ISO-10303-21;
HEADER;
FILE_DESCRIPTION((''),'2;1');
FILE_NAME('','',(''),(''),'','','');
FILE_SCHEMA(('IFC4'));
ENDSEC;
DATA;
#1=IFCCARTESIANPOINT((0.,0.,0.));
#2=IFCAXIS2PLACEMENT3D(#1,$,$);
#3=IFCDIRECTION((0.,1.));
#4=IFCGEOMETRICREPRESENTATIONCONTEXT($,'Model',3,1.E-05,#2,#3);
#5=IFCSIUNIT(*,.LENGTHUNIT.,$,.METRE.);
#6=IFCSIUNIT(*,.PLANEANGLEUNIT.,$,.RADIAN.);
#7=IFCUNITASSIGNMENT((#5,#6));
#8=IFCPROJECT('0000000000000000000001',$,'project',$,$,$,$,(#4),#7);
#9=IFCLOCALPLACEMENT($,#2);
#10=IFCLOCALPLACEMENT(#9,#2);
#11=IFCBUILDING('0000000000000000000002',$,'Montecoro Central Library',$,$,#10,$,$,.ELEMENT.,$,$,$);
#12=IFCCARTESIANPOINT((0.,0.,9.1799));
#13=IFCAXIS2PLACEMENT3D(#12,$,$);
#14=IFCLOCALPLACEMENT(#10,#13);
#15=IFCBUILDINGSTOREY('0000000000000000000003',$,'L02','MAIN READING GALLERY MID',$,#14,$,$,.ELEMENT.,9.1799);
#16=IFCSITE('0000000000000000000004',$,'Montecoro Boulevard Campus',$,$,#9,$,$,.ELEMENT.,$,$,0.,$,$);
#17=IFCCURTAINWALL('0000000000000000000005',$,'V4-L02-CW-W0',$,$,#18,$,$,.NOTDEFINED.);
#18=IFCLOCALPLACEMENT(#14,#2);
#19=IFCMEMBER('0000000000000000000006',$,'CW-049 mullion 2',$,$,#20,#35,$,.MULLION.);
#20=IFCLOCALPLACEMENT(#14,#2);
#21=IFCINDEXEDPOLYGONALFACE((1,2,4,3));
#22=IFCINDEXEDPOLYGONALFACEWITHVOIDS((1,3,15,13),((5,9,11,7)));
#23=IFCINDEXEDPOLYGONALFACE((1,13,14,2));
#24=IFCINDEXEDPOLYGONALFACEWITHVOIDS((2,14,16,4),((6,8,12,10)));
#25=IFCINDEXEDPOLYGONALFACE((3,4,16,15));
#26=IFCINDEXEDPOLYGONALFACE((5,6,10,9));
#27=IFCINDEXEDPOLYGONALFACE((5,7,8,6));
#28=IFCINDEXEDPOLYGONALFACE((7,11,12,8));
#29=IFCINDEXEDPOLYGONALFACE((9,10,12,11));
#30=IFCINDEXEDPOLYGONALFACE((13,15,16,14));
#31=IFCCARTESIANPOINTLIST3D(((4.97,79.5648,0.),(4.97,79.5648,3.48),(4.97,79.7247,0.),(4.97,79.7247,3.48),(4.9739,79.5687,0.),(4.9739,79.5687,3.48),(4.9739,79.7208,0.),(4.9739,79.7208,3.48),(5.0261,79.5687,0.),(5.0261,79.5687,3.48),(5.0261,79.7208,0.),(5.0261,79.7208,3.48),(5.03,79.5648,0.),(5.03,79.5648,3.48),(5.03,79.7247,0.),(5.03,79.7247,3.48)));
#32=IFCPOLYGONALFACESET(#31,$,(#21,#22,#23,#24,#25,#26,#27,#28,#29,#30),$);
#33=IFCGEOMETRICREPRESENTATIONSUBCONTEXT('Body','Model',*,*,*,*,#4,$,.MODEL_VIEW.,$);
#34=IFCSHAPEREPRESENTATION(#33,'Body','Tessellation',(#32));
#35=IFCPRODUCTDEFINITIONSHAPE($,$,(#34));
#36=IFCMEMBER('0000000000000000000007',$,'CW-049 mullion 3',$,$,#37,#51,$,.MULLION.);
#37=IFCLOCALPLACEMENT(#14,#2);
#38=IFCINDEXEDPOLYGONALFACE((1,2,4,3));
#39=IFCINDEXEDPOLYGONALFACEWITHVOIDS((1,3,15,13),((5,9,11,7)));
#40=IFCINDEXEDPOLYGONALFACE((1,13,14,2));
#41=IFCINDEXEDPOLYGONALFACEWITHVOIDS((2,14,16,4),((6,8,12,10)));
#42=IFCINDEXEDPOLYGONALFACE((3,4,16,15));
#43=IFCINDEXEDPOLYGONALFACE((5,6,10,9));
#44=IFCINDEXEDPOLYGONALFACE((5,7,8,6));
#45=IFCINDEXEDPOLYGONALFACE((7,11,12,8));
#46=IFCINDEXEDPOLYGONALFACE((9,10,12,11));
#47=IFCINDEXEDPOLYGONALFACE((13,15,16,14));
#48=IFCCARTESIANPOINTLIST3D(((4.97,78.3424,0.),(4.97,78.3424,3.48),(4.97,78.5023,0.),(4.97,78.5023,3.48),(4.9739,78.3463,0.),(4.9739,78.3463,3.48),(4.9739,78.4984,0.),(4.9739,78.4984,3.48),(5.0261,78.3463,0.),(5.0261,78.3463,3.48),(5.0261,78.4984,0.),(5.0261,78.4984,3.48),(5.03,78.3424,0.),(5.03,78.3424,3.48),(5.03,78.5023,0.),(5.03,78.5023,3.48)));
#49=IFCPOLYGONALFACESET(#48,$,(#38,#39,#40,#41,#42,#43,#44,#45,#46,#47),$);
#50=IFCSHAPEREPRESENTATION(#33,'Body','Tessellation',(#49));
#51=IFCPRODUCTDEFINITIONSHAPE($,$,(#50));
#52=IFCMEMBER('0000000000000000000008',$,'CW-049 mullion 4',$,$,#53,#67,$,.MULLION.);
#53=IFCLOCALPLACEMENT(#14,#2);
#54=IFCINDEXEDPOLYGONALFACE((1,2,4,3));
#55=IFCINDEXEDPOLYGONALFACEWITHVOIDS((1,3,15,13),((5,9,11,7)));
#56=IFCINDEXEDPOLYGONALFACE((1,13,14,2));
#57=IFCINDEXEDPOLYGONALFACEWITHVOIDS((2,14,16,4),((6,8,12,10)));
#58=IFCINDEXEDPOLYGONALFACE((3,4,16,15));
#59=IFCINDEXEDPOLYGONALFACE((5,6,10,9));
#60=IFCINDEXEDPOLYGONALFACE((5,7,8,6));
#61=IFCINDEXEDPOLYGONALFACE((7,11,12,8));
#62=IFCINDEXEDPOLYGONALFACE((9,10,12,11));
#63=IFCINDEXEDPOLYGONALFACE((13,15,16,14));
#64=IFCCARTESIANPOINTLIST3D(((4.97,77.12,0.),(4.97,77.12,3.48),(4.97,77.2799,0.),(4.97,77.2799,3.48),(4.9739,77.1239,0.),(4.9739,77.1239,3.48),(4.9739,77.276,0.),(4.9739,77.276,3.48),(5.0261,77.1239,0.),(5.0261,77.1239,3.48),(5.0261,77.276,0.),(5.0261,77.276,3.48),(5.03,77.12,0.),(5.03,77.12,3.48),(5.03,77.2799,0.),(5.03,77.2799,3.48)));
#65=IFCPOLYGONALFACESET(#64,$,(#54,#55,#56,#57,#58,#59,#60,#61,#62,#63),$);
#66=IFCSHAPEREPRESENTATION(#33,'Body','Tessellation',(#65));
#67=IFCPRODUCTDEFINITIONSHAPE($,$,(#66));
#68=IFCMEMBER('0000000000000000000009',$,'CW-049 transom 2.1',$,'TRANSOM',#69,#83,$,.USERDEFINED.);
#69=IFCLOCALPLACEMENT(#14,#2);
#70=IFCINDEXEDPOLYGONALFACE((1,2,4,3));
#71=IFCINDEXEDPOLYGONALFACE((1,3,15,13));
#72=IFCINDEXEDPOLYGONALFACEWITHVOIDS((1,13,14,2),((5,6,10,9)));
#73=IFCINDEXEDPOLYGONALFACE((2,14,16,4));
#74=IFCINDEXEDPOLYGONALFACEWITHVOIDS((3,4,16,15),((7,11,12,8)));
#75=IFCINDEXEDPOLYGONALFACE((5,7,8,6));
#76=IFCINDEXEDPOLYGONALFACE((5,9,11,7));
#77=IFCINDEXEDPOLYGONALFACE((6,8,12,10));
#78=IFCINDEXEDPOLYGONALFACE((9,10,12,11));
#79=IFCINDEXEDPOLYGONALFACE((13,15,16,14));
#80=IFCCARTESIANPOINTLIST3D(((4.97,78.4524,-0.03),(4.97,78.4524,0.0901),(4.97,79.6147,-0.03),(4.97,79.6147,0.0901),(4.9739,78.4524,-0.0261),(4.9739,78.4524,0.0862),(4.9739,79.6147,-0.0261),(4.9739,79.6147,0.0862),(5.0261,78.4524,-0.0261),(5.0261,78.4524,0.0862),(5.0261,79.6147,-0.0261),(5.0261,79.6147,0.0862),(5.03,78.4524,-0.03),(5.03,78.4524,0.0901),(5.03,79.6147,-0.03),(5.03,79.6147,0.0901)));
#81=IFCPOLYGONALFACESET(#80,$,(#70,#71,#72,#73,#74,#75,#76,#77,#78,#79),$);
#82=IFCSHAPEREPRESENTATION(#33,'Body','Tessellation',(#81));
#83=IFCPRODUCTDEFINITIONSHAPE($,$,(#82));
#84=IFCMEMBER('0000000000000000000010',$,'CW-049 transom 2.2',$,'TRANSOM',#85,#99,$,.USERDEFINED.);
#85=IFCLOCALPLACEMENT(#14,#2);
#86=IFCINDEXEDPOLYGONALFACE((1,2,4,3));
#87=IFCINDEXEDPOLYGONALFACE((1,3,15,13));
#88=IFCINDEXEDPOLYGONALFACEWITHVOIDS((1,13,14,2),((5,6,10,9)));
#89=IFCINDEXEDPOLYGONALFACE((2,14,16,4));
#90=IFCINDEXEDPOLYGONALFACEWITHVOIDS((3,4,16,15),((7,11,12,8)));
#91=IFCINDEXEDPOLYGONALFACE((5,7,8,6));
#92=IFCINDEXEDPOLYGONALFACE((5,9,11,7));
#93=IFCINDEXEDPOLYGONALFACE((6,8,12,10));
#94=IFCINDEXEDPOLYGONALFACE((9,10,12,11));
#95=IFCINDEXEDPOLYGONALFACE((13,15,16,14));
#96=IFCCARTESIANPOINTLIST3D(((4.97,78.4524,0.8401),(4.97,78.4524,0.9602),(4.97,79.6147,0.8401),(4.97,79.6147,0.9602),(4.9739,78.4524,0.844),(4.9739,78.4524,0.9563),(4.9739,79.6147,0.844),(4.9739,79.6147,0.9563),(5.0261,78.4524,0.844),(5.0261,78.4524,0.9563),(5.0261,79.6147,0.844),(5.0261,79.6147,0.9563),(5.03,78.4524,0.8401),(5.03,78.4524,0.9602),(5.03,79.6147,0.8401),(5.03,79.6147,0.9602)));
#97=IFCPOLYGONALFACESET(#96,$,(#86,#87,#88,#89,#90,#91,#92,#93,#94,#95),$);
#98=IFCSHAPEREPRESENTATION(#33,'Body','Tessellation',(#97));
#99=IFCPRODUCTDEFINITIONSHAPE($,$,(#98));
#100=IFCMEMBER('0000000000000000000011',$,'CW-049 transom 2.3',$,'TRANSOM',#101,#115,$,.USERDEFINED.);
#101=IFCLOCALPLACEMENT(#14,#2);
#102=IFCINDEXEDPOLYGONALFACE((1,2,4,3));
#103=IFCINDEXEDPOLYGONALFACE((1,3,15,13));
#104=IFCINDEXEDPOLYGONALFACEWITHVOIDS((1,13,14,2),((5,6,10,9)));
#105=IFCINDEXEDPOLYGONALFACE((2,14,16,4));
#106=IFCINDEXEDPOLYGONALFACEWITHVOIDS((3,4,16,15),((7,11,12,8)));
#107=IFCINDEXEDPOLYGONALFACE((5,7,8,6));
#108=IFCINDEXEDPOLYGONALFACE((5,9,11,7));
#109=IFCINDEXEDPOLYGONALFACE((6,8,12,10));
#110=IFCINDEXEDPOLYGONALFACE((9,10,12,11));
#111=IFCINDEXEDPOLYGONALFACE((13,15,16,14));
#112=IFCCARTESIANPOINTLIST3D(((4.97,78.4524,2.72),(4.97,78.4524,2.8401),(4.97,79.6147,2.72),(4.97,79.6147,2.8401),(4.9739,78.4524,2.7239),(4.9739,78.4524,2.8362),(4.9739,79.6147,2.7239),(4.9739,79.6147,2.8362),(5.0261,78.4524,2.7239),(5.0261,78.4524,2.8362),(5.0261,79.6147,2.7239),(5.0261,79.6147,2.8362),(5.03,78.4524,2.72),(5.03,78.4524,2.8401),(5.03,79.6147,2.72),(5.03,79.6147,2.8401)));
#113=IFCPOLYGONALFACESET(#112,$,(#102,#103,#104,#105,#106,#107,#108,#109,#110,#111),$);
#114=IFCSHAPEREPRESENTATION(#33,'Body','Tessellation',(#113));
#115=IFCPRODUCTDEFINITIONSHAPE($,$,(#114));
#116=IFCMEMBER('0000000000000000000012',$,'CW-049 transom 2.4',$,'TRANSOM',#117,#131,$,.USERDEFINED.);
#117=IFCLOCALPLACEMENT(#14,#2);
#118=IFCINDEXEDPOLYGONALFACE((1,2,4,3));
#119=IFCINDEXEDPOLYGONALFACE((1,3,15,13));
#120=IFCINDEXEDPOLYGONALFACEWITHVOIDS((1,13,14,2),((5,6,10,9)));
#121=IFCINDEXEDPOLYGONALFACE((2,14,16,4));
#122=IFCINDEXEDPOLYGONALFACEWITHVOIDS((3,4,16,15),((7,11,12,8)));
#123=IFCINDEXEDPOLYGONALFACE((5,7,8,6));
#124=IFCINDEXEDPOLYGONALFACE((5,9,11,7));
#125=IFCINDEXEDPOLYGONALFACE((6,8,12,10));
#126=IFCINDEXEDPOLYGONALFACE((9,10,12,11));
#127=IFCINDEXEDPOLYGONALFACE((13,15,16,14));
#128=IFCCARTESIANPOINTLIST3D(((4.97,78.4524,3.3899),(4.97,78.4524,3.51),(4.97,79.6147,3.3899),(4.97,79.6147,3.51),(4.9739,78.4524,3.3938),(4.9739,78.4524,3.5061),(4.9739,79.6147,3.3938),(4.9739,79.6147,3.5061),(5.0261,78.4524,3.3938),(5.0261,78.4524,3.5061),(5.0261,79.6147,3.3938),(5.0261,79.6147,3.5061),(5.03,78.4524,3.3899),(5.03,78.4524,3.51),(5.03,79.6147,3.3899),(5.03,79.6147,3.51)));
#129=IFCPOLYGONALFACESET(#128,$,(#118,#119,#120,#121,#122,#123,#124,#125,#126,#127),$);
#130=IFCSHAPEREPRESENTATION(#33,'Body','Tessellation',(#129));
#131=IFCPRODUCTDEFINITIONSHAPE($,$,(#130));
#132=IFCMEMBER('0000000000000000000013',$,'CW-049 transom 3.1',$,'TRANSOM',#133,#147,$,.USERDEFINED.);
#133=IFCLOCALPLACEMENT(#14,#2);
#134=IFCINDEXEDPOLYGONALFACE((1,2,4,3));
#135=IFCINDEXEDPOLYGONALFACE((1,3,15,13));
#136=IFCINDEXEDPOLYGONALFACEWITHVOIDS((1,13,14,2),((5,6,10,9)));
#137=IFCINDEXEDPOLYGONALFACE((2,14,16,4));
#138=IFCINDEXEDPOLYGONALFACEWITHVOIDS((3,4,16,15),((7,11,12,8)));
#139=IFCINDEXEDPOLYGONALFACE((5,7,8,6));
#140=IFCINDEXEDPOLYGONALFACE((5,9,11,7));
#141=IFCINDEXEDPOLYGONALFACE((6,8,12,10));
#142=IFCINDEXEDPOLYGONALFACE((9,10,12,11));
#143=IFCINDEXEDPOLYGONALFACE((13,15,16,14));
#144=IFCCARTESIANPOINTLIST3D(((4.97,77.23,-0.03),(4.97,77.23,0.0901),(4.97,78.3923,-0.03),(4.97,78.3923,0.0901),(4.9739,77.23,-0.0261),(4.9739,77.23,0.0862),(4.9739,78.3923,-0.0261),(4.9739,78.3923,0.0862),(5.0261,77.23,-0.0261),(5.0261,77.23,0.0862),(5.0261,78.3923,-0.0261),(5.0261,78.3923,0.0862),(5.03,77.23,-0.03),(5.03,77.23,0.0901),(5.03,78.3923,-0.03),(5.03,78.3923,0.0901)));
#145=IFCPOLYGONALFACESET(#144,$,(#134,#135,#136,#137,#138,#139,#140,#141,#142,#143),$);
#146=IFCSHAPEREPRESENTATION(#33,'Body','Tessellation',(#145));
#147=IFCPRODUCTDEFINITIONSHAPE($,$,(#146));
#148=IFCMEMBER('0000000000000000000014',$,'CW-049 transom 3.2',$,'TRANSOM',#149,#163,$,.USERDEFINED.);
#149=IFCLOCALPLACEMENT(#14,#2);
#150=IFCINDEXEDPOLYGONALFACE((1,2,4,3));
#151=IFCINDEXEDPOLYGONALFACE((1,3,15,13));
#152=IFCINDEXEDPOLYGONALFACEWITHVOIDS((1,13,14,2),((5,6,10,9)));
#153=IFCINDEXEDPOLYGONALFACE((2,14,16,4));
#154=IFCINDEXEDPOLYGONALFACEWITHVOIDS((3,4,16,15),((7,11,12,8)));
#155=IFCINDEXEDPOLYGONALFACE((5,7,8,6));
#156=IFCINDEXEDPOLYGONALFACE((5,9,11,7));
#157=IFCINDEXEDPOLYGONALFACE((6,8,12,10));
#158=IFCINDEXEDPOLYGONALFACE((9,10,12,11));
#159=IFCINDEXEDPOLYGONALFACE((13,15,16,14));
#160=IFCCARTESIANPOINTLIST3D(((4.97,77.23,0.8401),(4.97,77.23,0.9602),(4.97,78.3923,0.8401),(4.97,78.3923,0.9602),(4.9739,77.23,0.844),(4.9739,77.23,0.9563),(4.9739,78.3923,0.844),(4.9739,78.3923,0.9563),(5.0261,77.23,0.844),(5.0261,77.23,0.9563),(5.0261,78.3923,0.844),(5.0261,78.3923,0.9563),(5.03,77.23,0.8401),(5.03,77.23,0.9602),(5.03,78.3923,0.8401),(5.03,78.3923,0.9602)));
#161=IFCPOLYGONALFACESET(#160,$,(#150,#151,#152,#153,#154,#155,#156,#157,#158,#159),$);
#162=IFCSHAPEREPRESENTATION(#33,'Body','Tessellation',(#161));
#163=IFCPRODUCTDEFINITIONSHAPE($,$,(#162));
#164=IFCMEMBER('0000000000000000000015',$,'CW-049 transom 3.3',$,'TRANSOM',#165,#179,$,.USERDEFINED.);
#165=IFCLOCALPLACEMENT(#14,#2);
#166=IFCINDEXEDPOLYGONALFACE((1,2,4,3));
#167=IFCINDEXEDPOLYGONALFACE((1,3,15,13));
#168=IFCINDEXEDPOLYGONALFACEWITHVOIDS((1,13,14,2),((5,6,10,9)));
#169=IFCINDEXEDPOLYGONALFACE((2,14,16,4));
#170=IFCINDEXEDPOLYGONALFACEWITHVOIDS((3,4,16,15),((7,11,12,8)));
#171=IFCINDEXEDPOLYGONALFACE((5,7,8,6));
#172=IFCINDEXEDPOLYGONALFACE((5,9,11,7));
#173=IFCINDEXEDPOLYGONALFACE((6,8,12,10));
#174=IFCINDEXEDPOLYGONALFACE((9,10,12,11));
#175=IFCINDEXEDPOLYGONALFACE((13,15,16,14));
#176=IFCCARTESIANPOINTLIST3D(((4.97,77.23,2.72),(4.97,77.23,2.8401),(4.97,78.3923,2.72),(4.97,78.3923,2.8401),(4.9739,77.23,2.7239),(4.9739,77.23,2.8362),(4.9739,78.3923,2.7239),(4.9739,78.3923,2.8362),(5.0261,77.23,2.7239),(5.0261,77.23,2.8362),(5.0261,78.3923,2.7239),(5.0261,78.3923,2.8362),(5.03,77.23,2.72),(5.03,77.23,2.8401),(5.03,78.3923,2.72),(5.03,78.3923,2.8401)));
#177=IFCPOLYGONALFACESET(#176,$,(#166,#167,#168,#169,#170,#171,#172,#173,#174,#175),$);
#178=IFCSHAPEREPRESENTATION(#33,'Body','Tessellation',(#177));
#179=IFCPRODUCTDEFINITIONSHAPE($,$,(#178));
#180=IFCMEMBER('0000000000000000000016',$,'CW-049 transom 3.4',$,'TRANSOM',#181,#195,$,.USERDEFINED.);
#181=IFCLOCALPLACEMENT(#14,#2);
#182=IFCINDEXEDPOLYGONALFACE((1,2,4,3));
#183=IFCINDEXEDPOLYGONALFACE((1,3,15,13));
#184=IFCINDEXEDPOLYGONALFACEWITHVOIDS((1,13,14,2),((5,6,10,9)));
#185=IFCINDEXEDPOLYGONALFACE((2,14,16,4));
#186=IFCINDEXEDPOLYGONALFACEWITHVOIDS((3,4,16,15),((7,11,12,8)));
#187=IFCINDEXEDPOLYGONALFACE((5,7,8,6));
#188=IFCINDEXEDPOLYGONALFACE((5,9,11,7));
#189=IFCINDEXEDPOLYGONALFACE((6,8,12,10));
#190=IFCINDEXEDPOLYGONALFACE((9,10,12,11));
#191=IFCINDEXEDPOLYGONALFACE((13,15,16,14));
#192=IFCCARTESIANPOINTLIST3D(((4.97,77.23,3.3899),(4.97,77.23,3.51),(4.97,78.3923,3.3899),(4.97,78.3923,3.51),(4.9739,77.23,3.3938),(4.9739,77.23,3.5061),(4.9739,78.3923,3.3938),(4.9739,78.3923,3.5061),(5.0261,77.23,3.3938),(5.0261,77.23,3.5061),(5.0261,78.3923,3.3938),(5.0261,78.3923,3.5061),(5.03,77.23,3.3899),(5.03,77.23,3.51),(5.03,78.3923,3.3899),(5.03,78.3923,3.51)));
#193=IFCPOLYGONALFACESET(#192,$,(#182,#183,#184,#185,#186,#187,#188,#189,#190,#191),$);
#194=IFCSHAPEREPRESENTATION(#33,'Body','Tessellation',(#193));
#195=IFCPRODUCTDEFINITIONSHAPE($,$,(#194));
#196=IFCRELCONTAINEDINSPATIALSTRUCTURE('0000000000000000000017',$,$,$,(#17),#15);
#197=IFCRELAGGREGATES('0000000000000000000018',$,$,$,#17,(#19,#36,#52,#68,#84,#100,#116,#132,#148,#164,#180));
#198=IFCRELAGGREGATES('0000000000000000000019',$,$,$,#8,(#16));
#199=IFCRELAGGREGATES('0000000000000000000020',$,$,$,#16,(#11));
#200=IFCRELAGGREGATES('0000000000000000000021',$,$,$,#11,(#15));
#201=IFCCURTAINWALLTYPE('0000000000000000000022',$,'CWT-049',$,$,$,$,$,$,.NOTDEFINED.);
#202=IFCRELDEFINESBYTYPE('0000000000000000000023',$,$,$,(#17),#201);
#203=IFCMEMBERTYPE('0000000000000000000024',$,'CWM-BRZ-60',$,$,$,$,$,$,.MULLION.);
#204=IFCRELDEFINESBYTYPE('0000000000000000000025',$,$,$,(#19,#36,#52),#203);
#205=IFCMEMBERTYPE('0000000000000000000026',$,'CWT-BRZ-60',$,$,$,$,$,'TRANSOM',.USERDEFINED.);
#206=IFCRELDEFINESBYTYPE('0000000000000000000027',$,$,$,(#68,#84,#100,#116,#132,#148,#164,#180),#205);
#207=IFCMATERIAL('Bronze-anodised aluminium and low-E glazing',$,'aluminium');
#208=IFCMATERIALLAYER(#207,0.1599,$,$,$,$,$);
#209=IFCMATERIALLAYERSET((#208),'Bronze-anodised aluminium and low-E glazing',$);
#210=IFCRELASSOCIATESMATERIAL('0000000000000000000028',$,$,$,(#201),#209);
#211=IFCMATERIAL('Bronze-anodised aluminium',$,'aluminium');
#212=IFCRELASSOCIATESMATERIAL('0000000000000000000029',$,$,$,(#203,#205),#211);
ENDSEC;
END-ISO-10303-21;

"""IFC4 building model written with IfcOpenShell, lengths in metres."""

from ifc_helpers import new_model, si_unit, direction, frame, origin, origin_2d, place, context, subcontext, project, spatial, hollow_rectangle, extrude, material, layer, layer_set, material_profile, profile_set, type_object, element, aggregate, save


model = new_model("IFC4")

# Units and contexts
model_context = context("Model", 3, precision=1e-05, world=origin(), true_north=direction((0.0, 1.0)))
body_context = subcontext(model_context, "Body", "Model", "MODEL_VIEW")
ifc_project = project(units=[si_unit("LENGTHUNIT", "METRE"), si_unit("PLANEANGLEUNIT", "RADIAN")], contexts=[model_context])

# Site, building, storey
site_placement = place(None, origin())
site = spatial("IfcSite", under=ifc_project, at=site_placement, Name="Montecoro Boulevard Campus", CompositionType="ELEMENT", RefElevation=0.0)
building_placement = place(site_placement, origin())
building = spatial("IfcBuilding", under=site, at=building_placement, Name="Montecoro Central Library", CompositionType="ELEMENT")
storey_placement = place(building_placement, frame((0.0, 0.0, 9.1799)))
storey = spatial("IfcBuildingStorey", under=building, at=storey_placement, Name="L02", Description="MAIN READING GALLERY MID", CompositionType="ELEMENT", Elevation=9.1799)

# Curtain wall, members
ifc_material_1 = material(Name="Bronze-anodised aluminium and low-E glazing", Category="aluminium")
ifc_layer_1 = layer(ifc_material_1, 0.1599)
ifc_layer_set_1 = layer_set([ifc_layer_1], Name="Bronze-anodised aluminium and low-E glazing")
curtain_wall_type = type_object("IfcCurtainWallType", Name="CWT-049", PredefinedType="NOTDEFINED", material=ifc_layer_set_1)
curtain_wall_placement = place(storey_placement, origin())
curtain_wall = element("IfcCurtainWall", 1, at=curtain_wall_placement, inside=storey, type_object=curtain_wall_type, Name="V4-L02-CW-W0", PredefinedType="NOTDEFINED")
ifc_material_2 = material(Name="Bronze-anodised aluminium", Category="aluminium")
ifc_material_profile_1 = material_profile(ifc_material_2, hollow_rectangle(XDim=0.0601, YDim=0.1599, WallThickness=0.0039, at=origin_2d()), Name="CWM 160x60x4.0")
ifc_profile_set_1 = profile_set([ifc_material_profile_1], Name="Bronze-anodised aluminium")
member_type_1 = type_object("IfcMemberType", Name="CWM-BRZ-60", PredefinedType="MULLION", material=ifc_profile_set_1)
member_1_placement = place(storey_placement, frame((5.0, 79.6448, 0.0), z_axis=(0.0, 0.0, 1.0), x_axis=(1.0, 0.0, 0.0)))
member_1 = element("IfcMember", 2, at=member_1_placement, type_object=member_type_1, Name="CW-049 mullion 2", PredefinedType="MULLION", context=body_context, shape_type="SweptSolid", body=[
    extrude(hollow_rectangle(XDim=0.0601, YDim=0.1599, WallThickness=0.0039, at=origin_2d()), origin(), (0.0, 0.0, 1.0), 3.48),
])
member_2_placement = place(storey_placement, frame((5.0, 78.4224, 0.0), z_axis=(0.0, 0.0, 1.0), x_axis=(1.0, 0.0, 0.0)))
member_2 = element("IfcMember", 3, at=member_2_placement, type_object=member_type_1, Name="CW-049 mullion 3", PredefinedType="MULLION", context=body_context, shape_type="SweptSolid", body=[
    extrude(hollow_rectangle(XDim=0.0601, YDim=0.1599, WallThickness=0.0039, at=origin_2d()), origin(), (0.0, 0.0, 1.0), 3.48),
])
member_3_placement = place(storey_placement, frame((5.0, 77.2, 0.0), z_axis=(0.0, 0.0, 1.0), x_axis=(1.0, 0.0, 0.0)))
member_3 = element("IfcMember", 4, at=member_3_placement, type_object=member_type_1, Name="CW-049 mullion 4", PredefinedType="MULLION", context=body_context, shape_type="SweptSolid", body=[
    extrude(hollow_rectangle(XDim=0.0601, YDim=0.1599, WallThickness=0.0039, at=origin_2d()), origin(), (0.0, 0.0, 1.0), 3.48),
])
ifc_material_profile_2 = material_profile(ifc_material_2, hollow_rectangle(XDim=0.0601, YDim=0.1201, WallThickness=0.0039, at=origin_2d()), Name="CWT 120x60x4.0")
ifc_profile_set_2 = profile_set([ifc_material_profile_2], Name="Bronze-anodised aluminium")
member_type_2 = type_object("IfcMemberType", Name="CWT-BRZ-60", ElementType="TRANSOM", PredefinedType="USERDEFINED", material=ifc_profile_set_2)
member_4_placement = place(storey_placement, frame((5.0, 79.6147, 0.03), z_axis=(0.0, -1.0, 0.0), x_axis=(1.0, 0.0, 0.0)))
member_4 = element("IfcMember", 5, at=member_4_placement, type_object=member_type_2, Name="CW-049 transom 2.1", ObjectType="TRANSOM", PredefinedType="USERDEFINED", context=body_context, shape_type="SweptSolid", body=[
    extrude(hollow_rectangle(XDim=0.0601, YDim=0.1201, WallThickness=0.0039, at=origin_2d()), origin(), (0.0, 0.0, 1.0), 1.1624),
])
member_5_placement = place(storey_placement, frame((5.0, 79.6147, 0.9001), z_axis=(0.0, -1.0, 0.0), x_axis=(1.0, 0.0, 0.0)))
member_5 = element("IfcMember", 6, at=member_5_placement, type_object=member_type_2, Name="CW-049 transom 2.2", ObjectType="TRANSOM", PredefinedType="USERDEFINED", context=body_context, shape_type="SweptSolid", body=[
    extrude(hollow_rectangle(XDim=0.0601, YDim=0.1201, WallThickness=0.0039, at=origin_2d()), origin(), (0.0, 0.0, 1.0), 1.1624),
])
member_6_placement = place(storey_placement, frame((5.0, 79.6147, 2.78), z_axis=(0.0, -1.0, 0.0), x_axis=(1.0, 0.0, 0.0)))
member_6 = element("IfcMember", 7, at=member_6_placement, type_object=member_type_2, Name="CW-049 transom 2.3", ObjectType="TRANSOM", PredefinedType="USERDEFINED", context=body_context, shape_type="SweptSolid", body=[
    extrude(hollow_rectangle(XDim=0.0601, YDim=0.1201, WallThickness=0.0039, at=origin_2d()), origin(), (0.0, 0.0, 1.0), 1.1624),
])
member_7_placement = place(storey_placement, frame((5.0, 79.6147, 3.45), z_axis=(0.0, -1.0, 0.0), x_axis=(1.0, 0.0, 0.0)))
member_7 = element("IfcMember", 8, at=member_7_placement, type_object=member_type_2, Name="CW-049 transom 2.4", ObjectType="TRANSOM", PredefinedType="USERDEFINED", context=body_context, shape_type="SweptSolid", body=[
    extrude(hollow_rectangle(XDim=0.0601, YDim=0.1201, WallThickness=0.0039, at=origin_2d()), origin(), (0.0, 0.0, 1.0), 1.1624),
])
member_8_placement = place(storey_placement, frame((5.0, 78.3923, 0.03), z_axis=(0.0, -1.0, 0.0), x_axis=(1.0, 0.0, 0.0)))
member_8 = element("IfcMember", 9, at=member_8_placement, type_object=member_type_2, Name="CW-049 transom 3.1", ObjectType="TRANSOM", PredefinedType="USERDEFINED", context=body_context, shape_type="SweptSolid", body=[
    extrude(hollow_rectangle(XDim=0.0601, YDim=0.1201, WallThickness=0.0039, at=origin_2d()), origin(), (0.0, 0.0, 1.0), 1.1624),
])
member_9_placement = place(storey_placement, frame((5.0, 78.3923, 0.9001), z_axis=(0.0, -1.0, 0.0), x_axis=(1.0, 0.0, 0.0)))
member_9 = element("IfcMember", 10, at=member_9_placement, type_object=member_type_2, Name="CW-049 transom 3.2", ObjectType="TRANSOM", PredefinedType="USERDEFINED", context=body_context, shape_type="SweptSolid", body=[
    extrude(hollow_rectangle(XDim=0.0601, YDim=0.1201, WallThickness=0.0039, at=origin_2d()), origin(), (0.0, 0.0, 1.0), 1.1624),
])
member_10_placement = place(storey_placement, frame((5.0, 78.3923, 2.78), z_axis=(0.0, -1.0, 0.0), x_axis=(1.0, 0.0, 0.0)))
member_10 = element("IfcMember", 11, at=member_10_placement, type_object=member_type_2, Name="CW-049 transom 3.3", ObjectType="TRANSOM", PredefinedType="USERDEFINED", context=body_context, shape_type="SweptSolid", body=[
    extrude(hollow_rectangle(XDim=0.0601, YDim=0.1201, WallThickness=0.0039, at=origin_2d()), origin(), (0.0, 0.0, 1.0), 1.1624),
])
member_11_placement = place(storey_placement, frame((5.0, 78.3923, 3.45), z_axis=(0.0, -1.0, 0.0), x_axis=(1.0, 0.0, 0.0)))
member_11 = element("IfcMember", 12, at=member_11_placement, type_object=member_type_2, Name="CW-049 transom 3.4", ObjectType="TRANSOM", PredefinedType="USERDEFINED", context=body_context, shape_type="SweptSolid", body=[
    extrude(hollow_rectangle(XDim=0.0601, YDim=0.1201, WallThickness=0.0039, at=origin_2d()), origin(), (0.0, 0.0, 1.0), 1.1624),
])
aggregate(curtain_wall, [member_1, member_2, member_3, member_4, member_5, member_6, member_7, member_8, member_9, member_10, member_11])

save(model, "model.ifc")
